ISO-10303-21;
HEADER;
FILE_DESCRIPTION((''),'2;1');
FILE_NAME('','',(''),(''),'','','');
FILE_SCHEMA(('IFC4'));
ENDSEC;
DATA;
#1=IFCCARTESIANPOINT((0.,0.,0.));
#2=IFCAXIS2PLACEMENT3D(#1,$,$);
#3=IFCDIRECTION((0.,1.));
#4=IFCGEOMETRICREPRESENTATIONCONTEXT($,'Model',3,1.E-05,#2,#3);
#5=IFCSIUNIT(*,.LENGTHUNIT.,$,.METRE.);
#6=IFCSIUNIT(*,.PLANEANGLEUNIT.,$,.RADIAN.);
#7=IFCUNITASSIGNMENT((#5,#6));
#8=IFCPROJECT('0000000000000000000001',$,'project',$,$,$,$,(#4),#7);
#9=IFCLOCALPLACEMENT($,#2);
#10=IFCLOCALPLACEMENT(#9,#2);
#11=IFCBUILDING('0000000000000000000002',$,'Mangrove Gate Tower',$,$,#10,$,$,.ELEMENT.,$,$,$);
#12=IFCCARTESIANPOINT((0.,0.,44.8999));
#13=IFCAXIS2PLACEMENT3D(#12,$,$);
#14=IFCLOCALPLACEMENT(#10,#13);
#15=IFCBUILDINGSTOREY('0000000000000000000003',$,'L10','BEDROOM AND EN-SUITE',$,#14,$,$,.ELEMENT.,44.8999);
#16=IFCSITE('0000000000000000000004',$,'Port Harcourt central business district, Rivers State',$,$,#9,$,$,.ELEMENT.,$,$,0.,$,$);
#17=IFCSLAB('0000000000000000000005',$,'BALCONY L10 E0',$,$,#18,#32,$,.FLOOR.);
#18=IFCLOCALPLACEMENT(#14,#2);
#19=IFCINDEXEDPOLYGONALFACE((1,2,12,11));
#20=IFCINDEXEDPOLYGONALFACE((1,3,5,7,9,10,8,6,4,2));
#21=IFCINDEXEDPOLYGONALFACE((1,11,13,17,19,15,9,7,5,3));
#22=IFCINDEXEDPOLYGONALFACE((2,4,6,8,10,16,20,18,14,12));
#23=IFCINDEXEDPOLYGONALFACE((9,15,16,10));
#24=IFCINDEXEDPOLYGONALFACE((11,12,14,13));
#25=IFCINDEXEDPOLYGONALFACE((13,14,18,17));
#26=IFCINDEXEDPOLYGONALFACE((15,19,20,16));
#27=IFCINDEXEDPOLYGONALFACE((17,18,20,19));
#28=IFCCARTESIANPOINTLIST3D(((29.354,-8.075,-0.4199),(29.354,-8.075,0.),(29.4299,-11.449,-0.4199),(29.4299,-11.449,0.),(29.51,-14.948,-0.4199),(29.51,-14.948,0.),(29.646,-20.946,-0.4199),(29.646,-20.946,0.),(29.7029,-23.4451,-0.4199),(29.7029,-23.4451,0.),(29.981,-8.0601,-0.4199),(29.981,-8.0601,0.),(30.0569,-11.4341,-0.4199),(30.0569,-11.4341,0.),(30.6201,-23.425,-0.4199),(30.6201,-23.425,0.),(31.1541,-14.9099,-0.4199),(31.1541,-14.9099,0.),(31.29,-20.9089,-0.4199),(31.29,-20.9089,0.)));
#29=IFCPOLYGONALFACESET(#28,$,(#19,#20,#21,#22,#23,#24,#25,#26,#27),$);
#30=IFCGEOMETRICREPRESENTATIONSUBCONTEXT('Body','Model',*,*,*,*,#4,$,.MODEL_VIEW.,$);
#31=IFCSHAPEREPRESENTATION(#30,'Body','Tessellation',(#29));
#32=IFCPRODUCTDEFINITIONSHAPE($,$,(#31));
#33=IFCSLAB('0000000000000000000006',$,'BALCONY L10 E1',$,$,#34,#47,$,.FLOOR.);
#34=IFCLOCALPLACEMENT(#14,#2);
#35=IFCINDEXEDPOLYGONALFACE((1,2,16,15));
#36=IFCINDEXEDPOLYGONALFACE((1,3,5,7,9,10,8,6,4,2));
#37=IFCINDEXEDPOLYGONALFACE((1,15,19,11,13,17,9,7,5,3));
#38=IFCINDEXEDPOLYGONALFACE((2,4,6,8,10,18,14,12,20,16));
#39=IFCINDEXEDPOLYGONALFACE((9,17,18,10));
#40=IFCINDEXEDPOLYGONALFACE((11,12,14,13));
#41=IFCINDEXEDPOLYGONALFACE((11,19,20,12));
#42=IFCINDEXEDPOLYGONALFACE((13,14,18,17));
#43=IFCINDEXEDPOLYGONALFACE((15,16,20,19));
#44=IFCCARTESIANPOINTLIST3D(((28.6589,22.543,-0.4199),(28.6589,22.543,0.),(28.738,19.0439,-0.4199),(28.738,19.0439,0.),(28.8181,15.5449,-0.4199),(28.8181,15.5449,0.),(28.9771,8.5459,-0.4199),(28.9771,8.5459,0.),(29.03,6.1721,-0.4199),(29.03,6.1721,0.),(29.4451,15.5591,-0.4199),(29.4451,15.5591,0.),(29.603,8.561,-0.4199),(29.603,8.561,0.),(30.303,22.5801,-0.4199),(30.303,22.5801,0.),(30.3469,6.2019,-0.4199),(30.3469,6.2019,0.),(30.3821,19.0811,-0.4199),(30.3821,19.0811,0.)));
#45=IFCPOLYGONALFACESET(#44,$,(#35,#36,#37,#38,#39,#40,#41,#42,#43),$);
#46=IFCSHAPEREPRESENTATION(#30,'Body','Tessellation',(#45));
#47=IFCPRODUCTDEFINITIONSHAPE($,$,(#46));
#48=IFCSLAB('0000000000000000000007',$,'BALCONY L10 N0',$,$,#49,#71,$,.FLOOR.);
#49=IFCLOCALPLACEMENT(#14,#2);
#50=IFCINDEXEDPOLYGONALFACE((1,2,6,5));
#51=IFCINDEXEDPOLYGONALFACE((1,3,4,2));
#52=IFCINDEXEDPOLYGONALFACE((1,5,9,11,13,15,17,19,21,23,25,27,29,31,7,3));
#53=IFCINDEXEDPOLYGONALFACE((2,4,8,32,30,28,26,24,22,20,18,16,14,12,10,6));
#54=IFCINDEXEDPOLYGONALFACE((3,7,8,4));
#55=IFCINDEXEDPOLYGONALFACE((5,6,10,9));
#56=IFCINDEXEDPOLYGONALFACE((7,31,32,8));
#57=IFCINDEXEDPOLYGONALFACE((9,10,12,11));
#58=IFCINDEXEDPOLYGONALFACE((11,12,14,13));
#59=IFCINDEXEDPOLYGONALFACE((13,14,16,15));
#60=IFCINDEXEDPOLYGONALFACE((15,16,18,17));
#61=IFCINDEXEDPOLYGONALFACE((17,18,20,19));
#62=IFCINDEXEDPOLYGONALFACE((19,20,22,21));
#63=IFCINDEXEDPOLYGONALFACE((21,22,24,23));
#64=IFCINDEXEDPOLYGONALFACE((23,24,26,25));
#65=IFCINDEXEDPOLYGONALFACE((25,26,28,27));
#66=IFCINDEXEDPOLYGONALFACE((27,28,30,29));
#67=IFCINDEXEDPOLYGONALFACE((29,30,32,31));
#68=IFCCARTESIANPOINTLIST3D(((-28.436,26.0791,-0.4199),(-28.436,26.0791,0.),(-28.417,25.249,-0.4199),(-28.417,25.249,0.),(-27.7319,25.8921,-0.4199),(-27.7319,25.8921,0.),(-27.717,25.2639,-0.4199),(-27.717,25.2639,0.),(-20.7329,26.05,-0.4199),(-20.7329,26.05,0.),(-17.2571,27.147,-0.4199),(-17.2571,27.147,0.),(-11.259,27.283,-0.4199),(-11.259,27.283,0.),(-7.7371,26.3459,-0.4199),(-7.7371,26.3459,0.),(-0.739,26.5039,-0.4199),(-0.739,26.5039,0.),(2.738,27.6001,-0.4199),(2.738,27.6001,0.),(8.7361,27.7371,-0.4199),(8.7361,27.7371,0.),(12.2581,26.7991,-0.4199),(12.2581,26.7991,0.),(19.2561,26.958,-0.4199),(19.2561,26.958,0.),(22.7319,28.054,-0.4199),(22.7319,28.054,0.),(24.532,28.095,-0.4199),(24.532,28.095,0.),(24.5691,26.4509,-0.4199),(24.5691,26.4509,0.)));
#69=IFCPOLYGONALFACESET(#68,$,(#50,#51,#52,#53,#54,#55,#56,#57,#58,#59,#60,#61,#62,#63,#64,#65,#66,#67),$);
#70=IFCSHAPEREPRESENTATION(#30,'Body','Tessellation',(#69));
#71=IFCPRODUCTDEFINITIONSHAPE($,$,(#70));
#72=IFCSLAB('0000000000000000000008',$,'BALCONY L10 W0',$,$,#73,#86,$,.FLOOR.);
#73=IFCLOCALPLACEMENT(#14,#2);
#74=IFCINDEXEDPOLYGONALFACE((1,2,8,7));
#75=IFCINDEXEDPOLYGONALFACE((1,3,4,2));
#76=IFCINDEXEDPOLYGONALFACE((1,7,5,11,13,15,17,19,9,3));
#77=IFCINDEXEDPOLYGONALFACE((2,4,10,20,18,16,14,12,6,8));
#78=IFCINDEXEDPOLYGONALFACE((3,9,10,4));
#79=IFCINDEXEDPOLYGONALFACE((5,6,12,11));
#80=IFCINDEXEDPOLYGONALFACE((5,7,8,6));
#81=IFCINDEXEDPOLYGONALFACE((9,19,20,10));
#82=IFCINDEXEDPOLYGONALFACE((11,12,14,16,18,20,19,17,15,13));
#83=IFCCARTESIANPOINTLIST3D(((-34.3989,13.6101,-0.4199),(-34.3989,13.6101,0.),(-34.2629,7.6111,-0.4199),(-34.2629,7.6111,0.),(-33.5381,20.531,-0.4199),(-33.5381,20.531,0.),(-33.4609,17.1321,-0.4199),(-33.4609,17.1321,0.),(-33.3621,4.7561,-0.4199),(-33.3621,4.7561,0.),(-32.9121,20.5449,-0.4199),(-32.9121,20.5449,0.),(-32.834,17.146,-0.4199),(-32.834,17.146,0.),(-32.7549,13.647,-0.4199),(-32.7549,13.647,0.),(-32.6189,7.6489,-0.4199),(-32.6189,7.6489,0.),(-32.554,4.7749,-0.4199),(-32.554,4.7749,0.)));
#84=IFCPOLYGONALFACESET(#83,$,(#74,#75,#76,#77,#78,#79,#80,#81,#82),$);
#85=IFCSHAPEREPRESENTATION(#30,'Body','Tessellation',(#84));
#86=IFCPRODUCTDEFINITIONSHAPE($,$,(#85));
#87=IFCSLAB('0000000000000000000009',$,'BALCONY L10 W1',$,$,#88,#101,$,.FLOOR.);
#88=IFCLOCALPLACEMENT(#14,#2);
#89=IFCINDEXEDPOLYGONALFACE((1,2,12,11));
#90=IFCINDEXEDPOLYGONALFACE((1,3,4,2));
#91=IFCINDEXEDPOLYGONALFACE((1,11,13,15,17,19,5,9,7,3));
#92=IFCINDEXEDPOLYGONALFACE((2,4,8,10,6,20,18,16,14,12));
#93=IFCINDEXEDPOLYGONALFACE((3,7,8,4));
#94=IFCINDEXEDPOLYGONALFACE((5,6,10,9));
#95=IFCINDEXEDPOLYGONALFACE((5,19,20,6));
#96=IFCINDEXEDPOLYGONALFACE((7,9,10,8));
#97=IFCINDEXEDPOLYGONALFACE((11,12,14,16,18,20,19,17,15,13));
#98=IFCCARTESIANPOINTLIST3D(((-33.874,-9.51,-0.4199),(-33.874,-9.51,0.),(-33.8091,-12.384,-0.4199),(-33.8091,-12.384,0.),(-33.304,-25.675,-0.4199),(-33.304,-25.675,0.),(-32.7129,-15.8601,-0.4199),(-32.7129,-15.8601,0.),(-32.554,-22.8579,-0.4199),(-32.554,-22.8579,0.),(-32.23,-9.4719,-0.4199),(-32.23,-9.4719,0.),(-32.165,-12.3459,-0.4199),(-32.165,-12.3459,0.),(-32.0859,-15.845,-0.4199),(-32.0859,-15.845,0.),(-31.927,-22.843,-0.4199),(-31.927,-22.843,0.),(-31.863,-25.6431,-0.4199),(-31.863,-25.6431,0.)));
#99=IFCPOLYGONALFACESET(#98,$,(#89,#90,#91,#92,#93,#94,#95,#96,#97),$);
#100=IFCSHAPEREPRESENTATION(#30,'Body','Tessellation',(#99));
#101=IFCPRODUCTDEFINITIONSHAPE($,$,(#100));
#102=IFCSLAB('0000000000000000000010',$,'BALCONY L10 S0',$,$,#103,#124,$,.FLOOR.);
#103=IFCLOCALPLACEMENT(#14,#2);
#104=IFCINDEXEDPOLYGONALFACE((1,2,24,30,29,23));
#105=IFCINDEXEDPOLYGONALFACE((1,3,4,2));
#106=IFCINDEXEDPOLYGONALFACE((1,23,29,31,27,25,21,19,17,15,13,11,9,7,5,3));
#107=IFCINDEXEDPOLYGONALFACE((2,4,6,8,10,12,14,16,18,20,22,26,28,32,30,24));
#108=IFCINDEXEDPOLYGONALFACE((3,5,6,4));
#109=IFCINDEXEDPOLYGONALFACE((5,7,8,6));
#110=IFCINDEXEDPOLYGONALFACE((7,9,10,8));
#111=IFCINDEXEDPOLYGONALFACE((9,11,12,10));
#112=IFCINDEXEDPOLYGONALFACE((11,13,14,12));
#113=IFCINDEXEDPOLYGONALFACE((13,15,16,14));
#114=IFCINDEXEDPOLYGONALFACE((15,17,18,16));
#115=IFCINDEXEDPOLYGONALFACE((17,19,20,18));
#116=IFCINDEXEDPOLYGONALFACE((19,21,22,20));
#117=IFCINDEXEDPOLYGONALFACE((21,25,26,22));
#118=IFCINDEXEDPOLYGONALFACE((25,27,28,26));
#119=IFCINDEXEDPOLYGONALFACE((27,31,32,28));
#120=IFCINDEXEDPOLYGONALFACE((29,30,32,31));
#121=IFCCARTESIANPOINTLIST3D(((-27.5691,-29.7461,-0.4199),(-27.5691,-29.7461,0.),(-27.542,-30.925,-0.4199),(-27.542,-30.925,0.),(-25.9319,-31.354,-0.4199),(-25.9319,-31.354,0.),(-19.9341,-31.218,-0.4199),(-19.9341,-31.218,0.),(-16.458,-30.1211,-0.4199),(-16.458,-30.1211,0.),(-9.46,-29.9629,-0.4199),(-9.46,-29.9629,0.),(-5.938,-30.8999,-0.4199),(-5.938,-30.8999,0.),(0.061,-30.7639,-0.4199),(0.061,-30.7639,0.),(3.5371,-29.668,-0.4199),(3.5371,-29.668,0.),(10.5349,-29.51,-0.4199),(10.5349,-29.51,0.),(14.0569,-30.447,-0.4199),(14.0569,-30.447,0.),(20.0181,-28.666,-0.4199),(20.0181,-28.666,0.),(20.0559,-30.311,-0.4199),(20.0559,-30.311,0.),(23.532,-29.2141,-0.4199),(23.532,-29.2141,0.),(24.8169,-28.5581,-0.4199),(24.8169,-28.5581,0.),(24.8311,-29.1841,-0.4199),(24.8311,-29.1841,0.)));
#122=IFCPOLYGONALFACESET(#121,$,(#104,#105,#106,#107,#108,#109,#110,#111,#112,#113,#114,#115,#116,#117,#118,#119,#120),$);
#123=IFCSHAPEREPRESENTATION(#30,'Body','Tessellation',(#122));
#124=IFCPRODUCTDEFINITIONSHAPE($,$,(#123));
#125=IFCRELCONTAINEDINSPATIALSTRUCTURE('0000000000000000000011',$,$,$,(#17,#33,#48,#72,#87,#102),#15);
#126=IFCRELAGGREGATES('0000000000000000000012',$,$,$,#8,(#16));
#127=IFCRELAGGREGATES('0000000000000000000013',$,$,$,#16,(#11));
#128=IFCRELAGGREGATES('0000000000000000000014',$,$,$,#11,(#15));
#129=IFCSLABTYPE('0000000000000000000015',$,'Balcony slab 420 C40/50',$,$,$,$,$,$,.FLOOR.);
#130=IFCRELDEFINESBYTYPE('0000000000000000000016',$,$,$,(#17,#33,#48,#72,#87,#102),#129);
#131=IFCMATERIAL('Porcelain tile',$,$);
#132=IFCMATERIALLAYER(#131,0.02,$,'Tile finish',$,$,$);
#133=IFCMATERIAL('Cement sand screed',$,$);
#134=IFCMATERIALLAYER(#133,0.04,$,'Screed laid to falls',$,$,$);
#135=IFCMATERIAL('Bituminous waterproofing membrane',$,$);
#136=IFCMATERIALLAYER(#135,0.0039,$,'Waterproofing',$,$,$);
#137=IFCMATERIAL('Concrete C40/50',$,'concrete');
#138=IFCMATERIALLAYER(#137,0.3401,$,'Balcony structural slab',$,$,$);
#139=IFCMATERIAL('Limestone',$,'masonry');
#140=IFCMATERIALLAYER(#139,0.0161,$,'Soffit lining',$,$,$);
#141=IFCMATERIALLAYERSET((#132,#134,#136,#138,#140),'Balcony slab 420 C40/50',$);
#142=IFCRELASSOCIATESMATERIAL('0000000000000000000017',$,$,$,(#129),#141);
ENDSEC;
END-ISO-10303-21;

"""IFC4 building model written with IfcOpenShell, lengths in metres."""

from ifc_helpers import new_model, si_unit, direction, frame, origin, place, context, subcontext, project, spatial, polyline, outline, extrude, material, layer, layer_set, type_object, element, save


model = new_model("IFC4")

# Units and contexts
model_context = context("Model", 3, precision=1e-05, world=origin(), true_north=direction((0.0, 1.0)))
body_context = subcontext(model_context, "Body", "Model", "MODEL_VIEW")
ifc_project = project(units=[si_unit("LENGTHUNIT", "METRE"), si_unit("PLANEANGLEUNIT", "RADIAN")], contexts=[model_context])

# Site, building, storey
site_placement = place(None, origin())
site = spatial("IfcSite", under=ifc_project, at=site_placement, Name="Port Harcourt central business district, Rivers State", CompositionType="ELEMENT", RefElevation=0.0)
building_placement = place(site_placement, origin())
building = spatial("IfcBuilding", under=site, at=building_placement, Name="Mangrove Gate Tower", CompositionType="ELEMENT")
storey_placement = place(building_placement, frame((0.0, 0.0, 44.8999)))
storey = spatial("IfcBuildingStorey", under=building, at=storey_placement, Name="L10", Description="BEDROOM AND EN-SUITE", CompositionType="ELEMENT", Elevation=44.8999)

# Slabs
ifc_material_1 = material(Name="Porcelain tile")
ifc_layer_1 = layer(ifc_material_1, 0.02, Name="Tile finish")
ifc_material_2 = material(Name="Cement sand screed")
ifc_layer_2 = layer(ifc_material_2, 0.04, Name="Screed laid to falls")
ifc_material_3 = material(Name="Bituminous waterproofing membrane")
ifc_layer_3 = layer(ifc_material_3, 0.0039, Name="Waterproofing")
ifc_material_4 = material(Name="Concrete C40/50", Category="concrete")
ifc_layer_4 = layer(ifc_material_4, 0.3401, Name="Balcony structural slab")
ifc_material_5 = material(Name="Limestone", Category="masonry")
ifc_layer_5 = layer(ifc_material_5, 0.0161, Name="Soffit lining")
ifc_layer_set_1 = layer_set([ifc_layer_1, ifc_layer_2, ifc_layer_3, ifc_layer_4, ifc_layer_5], Name="Balcony slab 420 C40/50")
slab_type_1 = type_object("IfcSlabType", Name="Balcony slab 420 C40/50", PredefinedType="FLOOR", material=ifc_layer_set_1)
slab_1_placement = place(storey_placement, frame((0.0, 0.0, -0.4199)))
element("IfcSlab", 1, at=slab_1_placement, inside=storey, type_object=slab_type_1, Name="BALCONY L10 E0", PredefinedType="FLOOR", context=body_context, shape_type="SweptSolid", body=[
    extrude(outline(polyline([(30.6201, -23.425), (31.29, -20.9089), (31.1541, -14.9099), (30.0569, -11.4341), (29.981, -8.0601), (29.354, -8.075), (29.4299, -11.449), (29.51, -14.948), (29.646, -20.946), (29.7029, -23.4451), (30.6201, -23.425)])), origin(), (0.0, 0.0, 1.0), 0.4199),
])
slab_2_placement = place(storey_placement, frame((0.0, 0.0, -0.4199)))
element("IfcSlab", 2, at=slab_2_placement, inside=storey, type_object=slab_type_1, Name="BALCONY L10 E1", PredefinedType="FLOOR", context=body_context, shape_type="SweptSolid", body=[
    extrude(outline(polyline([(30.3469, 6.2019), (29.603, 8.561), (29.4451, 15.5591), (30.3821, 19.0811), (30.303, 22.5801), (28.6589, 22.543), (28.738, 19.0439), (28.8181, 15.5449), (28.9771, 8.5459), (29.03, 6.1721), (30.3469, 6.2019)])), origin(), (0.0, 0.0, 1.0), 0.4199),
])
slab_3_placement = place(storey_placement, frame((0.0, 0.0, -0.4199)))
element("IfcSlab", 3, at=slab_3_placement, inside=storey, type_object=slab_type_1, Name="BALCONY L10 N0", PredefinedType="FLOOR", context=body_context, shape_type="SweptSolid", body=[
    extrude(outline(polyline([(24.532, 28.095), (22.7319, 28.054), (19.2561, 26.958), (12.2581, 26.7991), (8.7361, 27.7371), (2.738, 27.6001), (-0.739, 26.5039), (-7.7371, 26.3459), (-11.259, 27.283), (-17.2571, 27.147), (-20.7329, 26.05), (-27.7319, 25.8921), (-28.436, 26.0791), (-28.417, 25.249), (-27.717, 25.2639), (24.5691, 26.4509), (24.532, 28.095)])), origin(), (0.0, 0.0, 1.0), 0.4199),
])
slab_4_placement = place(storey_placement, frame((0.0, 0.0, -0.4199)))
element("IfcSlab", 4, at=slab_4_placement, inside=storey, type_object=slab_type_1, Name="BALCONY L10 W0", PredefinedType="FLOOR", context=body_context, shape_type="SweptSolid", body=[
    extrude(outline(polyline([(-33.5381, 20.531), (-33.4609, 17.1321), (-34.3989, 13.6101), (-34.2629, 7.6111), (-33.3621, 4.7561), (-32.554, 4.7749), (-32.6189, 7.6489), (-32.7549, 13.647), (-32.834, 17.146), (-32.9121, 20.5449), (-33.5381, 20.531)])), origin(), (0.0, 0.0, 1.0), 0.4199),
])
slab_5_placement = place(storey_placement, frame((0.0, 0.0, -0.4199)))
element("IfcSlab", 5, at=slab_5_placement, inside=storey, type_object=slab_type_1, Name="BALCONY L10 W1", PredefinedType="FLOOR", context=body_context, shape_type="SweptSolid", body=[
    extrude(outline(polyline([(-33.874, -9.51), (-33.8091, -12.384), (-32.7129, -15.8601), (-32.554, -22.8579), (-33.304, -25.675), (-31.863, -25.6431), (-31.927, -22.843), (-32.0859, -15.845), (-32.165, -12.3459), (-32.23, -9.4719), (-33.874, -9.51)])), origin(), (0.0, 0.0, 1.0), 0.4199),
])
slab_6_placement = place(storey_placement, frame((0.0, 0.0, -0.4199)))
element("IfcSlab", 6, at=slab_6_placement, inside=storey, type_object=slab_type_1, Name="BALCONY L10 S0", PredefinedType="FLOOR", context=body_context, shape_type="SweptSolid", body=[
    extrude(outline(polyline([(-27.542, -30.925), (-25.9319, -31.354), (-19.9341, -31.218), (-16.458, -30.1211), (-9.46, -29.9629), (-5.938, -30.8999), (0.061, -30.7639), (3.5371, -29.668), (10.5349, -29.51), (14.0569, -30.447), (20.0559, -30.311), (23.532, -29.2141), (24.8311, -29.1841), (24.8169, -28.5581), (20.0181, -28.666), (-27.5691, -29.7461), (-27.542, -30.925)])), origin(), (0.0, 0.0, 1.0), 0.4199),
])

save(model, "model.ifc")
